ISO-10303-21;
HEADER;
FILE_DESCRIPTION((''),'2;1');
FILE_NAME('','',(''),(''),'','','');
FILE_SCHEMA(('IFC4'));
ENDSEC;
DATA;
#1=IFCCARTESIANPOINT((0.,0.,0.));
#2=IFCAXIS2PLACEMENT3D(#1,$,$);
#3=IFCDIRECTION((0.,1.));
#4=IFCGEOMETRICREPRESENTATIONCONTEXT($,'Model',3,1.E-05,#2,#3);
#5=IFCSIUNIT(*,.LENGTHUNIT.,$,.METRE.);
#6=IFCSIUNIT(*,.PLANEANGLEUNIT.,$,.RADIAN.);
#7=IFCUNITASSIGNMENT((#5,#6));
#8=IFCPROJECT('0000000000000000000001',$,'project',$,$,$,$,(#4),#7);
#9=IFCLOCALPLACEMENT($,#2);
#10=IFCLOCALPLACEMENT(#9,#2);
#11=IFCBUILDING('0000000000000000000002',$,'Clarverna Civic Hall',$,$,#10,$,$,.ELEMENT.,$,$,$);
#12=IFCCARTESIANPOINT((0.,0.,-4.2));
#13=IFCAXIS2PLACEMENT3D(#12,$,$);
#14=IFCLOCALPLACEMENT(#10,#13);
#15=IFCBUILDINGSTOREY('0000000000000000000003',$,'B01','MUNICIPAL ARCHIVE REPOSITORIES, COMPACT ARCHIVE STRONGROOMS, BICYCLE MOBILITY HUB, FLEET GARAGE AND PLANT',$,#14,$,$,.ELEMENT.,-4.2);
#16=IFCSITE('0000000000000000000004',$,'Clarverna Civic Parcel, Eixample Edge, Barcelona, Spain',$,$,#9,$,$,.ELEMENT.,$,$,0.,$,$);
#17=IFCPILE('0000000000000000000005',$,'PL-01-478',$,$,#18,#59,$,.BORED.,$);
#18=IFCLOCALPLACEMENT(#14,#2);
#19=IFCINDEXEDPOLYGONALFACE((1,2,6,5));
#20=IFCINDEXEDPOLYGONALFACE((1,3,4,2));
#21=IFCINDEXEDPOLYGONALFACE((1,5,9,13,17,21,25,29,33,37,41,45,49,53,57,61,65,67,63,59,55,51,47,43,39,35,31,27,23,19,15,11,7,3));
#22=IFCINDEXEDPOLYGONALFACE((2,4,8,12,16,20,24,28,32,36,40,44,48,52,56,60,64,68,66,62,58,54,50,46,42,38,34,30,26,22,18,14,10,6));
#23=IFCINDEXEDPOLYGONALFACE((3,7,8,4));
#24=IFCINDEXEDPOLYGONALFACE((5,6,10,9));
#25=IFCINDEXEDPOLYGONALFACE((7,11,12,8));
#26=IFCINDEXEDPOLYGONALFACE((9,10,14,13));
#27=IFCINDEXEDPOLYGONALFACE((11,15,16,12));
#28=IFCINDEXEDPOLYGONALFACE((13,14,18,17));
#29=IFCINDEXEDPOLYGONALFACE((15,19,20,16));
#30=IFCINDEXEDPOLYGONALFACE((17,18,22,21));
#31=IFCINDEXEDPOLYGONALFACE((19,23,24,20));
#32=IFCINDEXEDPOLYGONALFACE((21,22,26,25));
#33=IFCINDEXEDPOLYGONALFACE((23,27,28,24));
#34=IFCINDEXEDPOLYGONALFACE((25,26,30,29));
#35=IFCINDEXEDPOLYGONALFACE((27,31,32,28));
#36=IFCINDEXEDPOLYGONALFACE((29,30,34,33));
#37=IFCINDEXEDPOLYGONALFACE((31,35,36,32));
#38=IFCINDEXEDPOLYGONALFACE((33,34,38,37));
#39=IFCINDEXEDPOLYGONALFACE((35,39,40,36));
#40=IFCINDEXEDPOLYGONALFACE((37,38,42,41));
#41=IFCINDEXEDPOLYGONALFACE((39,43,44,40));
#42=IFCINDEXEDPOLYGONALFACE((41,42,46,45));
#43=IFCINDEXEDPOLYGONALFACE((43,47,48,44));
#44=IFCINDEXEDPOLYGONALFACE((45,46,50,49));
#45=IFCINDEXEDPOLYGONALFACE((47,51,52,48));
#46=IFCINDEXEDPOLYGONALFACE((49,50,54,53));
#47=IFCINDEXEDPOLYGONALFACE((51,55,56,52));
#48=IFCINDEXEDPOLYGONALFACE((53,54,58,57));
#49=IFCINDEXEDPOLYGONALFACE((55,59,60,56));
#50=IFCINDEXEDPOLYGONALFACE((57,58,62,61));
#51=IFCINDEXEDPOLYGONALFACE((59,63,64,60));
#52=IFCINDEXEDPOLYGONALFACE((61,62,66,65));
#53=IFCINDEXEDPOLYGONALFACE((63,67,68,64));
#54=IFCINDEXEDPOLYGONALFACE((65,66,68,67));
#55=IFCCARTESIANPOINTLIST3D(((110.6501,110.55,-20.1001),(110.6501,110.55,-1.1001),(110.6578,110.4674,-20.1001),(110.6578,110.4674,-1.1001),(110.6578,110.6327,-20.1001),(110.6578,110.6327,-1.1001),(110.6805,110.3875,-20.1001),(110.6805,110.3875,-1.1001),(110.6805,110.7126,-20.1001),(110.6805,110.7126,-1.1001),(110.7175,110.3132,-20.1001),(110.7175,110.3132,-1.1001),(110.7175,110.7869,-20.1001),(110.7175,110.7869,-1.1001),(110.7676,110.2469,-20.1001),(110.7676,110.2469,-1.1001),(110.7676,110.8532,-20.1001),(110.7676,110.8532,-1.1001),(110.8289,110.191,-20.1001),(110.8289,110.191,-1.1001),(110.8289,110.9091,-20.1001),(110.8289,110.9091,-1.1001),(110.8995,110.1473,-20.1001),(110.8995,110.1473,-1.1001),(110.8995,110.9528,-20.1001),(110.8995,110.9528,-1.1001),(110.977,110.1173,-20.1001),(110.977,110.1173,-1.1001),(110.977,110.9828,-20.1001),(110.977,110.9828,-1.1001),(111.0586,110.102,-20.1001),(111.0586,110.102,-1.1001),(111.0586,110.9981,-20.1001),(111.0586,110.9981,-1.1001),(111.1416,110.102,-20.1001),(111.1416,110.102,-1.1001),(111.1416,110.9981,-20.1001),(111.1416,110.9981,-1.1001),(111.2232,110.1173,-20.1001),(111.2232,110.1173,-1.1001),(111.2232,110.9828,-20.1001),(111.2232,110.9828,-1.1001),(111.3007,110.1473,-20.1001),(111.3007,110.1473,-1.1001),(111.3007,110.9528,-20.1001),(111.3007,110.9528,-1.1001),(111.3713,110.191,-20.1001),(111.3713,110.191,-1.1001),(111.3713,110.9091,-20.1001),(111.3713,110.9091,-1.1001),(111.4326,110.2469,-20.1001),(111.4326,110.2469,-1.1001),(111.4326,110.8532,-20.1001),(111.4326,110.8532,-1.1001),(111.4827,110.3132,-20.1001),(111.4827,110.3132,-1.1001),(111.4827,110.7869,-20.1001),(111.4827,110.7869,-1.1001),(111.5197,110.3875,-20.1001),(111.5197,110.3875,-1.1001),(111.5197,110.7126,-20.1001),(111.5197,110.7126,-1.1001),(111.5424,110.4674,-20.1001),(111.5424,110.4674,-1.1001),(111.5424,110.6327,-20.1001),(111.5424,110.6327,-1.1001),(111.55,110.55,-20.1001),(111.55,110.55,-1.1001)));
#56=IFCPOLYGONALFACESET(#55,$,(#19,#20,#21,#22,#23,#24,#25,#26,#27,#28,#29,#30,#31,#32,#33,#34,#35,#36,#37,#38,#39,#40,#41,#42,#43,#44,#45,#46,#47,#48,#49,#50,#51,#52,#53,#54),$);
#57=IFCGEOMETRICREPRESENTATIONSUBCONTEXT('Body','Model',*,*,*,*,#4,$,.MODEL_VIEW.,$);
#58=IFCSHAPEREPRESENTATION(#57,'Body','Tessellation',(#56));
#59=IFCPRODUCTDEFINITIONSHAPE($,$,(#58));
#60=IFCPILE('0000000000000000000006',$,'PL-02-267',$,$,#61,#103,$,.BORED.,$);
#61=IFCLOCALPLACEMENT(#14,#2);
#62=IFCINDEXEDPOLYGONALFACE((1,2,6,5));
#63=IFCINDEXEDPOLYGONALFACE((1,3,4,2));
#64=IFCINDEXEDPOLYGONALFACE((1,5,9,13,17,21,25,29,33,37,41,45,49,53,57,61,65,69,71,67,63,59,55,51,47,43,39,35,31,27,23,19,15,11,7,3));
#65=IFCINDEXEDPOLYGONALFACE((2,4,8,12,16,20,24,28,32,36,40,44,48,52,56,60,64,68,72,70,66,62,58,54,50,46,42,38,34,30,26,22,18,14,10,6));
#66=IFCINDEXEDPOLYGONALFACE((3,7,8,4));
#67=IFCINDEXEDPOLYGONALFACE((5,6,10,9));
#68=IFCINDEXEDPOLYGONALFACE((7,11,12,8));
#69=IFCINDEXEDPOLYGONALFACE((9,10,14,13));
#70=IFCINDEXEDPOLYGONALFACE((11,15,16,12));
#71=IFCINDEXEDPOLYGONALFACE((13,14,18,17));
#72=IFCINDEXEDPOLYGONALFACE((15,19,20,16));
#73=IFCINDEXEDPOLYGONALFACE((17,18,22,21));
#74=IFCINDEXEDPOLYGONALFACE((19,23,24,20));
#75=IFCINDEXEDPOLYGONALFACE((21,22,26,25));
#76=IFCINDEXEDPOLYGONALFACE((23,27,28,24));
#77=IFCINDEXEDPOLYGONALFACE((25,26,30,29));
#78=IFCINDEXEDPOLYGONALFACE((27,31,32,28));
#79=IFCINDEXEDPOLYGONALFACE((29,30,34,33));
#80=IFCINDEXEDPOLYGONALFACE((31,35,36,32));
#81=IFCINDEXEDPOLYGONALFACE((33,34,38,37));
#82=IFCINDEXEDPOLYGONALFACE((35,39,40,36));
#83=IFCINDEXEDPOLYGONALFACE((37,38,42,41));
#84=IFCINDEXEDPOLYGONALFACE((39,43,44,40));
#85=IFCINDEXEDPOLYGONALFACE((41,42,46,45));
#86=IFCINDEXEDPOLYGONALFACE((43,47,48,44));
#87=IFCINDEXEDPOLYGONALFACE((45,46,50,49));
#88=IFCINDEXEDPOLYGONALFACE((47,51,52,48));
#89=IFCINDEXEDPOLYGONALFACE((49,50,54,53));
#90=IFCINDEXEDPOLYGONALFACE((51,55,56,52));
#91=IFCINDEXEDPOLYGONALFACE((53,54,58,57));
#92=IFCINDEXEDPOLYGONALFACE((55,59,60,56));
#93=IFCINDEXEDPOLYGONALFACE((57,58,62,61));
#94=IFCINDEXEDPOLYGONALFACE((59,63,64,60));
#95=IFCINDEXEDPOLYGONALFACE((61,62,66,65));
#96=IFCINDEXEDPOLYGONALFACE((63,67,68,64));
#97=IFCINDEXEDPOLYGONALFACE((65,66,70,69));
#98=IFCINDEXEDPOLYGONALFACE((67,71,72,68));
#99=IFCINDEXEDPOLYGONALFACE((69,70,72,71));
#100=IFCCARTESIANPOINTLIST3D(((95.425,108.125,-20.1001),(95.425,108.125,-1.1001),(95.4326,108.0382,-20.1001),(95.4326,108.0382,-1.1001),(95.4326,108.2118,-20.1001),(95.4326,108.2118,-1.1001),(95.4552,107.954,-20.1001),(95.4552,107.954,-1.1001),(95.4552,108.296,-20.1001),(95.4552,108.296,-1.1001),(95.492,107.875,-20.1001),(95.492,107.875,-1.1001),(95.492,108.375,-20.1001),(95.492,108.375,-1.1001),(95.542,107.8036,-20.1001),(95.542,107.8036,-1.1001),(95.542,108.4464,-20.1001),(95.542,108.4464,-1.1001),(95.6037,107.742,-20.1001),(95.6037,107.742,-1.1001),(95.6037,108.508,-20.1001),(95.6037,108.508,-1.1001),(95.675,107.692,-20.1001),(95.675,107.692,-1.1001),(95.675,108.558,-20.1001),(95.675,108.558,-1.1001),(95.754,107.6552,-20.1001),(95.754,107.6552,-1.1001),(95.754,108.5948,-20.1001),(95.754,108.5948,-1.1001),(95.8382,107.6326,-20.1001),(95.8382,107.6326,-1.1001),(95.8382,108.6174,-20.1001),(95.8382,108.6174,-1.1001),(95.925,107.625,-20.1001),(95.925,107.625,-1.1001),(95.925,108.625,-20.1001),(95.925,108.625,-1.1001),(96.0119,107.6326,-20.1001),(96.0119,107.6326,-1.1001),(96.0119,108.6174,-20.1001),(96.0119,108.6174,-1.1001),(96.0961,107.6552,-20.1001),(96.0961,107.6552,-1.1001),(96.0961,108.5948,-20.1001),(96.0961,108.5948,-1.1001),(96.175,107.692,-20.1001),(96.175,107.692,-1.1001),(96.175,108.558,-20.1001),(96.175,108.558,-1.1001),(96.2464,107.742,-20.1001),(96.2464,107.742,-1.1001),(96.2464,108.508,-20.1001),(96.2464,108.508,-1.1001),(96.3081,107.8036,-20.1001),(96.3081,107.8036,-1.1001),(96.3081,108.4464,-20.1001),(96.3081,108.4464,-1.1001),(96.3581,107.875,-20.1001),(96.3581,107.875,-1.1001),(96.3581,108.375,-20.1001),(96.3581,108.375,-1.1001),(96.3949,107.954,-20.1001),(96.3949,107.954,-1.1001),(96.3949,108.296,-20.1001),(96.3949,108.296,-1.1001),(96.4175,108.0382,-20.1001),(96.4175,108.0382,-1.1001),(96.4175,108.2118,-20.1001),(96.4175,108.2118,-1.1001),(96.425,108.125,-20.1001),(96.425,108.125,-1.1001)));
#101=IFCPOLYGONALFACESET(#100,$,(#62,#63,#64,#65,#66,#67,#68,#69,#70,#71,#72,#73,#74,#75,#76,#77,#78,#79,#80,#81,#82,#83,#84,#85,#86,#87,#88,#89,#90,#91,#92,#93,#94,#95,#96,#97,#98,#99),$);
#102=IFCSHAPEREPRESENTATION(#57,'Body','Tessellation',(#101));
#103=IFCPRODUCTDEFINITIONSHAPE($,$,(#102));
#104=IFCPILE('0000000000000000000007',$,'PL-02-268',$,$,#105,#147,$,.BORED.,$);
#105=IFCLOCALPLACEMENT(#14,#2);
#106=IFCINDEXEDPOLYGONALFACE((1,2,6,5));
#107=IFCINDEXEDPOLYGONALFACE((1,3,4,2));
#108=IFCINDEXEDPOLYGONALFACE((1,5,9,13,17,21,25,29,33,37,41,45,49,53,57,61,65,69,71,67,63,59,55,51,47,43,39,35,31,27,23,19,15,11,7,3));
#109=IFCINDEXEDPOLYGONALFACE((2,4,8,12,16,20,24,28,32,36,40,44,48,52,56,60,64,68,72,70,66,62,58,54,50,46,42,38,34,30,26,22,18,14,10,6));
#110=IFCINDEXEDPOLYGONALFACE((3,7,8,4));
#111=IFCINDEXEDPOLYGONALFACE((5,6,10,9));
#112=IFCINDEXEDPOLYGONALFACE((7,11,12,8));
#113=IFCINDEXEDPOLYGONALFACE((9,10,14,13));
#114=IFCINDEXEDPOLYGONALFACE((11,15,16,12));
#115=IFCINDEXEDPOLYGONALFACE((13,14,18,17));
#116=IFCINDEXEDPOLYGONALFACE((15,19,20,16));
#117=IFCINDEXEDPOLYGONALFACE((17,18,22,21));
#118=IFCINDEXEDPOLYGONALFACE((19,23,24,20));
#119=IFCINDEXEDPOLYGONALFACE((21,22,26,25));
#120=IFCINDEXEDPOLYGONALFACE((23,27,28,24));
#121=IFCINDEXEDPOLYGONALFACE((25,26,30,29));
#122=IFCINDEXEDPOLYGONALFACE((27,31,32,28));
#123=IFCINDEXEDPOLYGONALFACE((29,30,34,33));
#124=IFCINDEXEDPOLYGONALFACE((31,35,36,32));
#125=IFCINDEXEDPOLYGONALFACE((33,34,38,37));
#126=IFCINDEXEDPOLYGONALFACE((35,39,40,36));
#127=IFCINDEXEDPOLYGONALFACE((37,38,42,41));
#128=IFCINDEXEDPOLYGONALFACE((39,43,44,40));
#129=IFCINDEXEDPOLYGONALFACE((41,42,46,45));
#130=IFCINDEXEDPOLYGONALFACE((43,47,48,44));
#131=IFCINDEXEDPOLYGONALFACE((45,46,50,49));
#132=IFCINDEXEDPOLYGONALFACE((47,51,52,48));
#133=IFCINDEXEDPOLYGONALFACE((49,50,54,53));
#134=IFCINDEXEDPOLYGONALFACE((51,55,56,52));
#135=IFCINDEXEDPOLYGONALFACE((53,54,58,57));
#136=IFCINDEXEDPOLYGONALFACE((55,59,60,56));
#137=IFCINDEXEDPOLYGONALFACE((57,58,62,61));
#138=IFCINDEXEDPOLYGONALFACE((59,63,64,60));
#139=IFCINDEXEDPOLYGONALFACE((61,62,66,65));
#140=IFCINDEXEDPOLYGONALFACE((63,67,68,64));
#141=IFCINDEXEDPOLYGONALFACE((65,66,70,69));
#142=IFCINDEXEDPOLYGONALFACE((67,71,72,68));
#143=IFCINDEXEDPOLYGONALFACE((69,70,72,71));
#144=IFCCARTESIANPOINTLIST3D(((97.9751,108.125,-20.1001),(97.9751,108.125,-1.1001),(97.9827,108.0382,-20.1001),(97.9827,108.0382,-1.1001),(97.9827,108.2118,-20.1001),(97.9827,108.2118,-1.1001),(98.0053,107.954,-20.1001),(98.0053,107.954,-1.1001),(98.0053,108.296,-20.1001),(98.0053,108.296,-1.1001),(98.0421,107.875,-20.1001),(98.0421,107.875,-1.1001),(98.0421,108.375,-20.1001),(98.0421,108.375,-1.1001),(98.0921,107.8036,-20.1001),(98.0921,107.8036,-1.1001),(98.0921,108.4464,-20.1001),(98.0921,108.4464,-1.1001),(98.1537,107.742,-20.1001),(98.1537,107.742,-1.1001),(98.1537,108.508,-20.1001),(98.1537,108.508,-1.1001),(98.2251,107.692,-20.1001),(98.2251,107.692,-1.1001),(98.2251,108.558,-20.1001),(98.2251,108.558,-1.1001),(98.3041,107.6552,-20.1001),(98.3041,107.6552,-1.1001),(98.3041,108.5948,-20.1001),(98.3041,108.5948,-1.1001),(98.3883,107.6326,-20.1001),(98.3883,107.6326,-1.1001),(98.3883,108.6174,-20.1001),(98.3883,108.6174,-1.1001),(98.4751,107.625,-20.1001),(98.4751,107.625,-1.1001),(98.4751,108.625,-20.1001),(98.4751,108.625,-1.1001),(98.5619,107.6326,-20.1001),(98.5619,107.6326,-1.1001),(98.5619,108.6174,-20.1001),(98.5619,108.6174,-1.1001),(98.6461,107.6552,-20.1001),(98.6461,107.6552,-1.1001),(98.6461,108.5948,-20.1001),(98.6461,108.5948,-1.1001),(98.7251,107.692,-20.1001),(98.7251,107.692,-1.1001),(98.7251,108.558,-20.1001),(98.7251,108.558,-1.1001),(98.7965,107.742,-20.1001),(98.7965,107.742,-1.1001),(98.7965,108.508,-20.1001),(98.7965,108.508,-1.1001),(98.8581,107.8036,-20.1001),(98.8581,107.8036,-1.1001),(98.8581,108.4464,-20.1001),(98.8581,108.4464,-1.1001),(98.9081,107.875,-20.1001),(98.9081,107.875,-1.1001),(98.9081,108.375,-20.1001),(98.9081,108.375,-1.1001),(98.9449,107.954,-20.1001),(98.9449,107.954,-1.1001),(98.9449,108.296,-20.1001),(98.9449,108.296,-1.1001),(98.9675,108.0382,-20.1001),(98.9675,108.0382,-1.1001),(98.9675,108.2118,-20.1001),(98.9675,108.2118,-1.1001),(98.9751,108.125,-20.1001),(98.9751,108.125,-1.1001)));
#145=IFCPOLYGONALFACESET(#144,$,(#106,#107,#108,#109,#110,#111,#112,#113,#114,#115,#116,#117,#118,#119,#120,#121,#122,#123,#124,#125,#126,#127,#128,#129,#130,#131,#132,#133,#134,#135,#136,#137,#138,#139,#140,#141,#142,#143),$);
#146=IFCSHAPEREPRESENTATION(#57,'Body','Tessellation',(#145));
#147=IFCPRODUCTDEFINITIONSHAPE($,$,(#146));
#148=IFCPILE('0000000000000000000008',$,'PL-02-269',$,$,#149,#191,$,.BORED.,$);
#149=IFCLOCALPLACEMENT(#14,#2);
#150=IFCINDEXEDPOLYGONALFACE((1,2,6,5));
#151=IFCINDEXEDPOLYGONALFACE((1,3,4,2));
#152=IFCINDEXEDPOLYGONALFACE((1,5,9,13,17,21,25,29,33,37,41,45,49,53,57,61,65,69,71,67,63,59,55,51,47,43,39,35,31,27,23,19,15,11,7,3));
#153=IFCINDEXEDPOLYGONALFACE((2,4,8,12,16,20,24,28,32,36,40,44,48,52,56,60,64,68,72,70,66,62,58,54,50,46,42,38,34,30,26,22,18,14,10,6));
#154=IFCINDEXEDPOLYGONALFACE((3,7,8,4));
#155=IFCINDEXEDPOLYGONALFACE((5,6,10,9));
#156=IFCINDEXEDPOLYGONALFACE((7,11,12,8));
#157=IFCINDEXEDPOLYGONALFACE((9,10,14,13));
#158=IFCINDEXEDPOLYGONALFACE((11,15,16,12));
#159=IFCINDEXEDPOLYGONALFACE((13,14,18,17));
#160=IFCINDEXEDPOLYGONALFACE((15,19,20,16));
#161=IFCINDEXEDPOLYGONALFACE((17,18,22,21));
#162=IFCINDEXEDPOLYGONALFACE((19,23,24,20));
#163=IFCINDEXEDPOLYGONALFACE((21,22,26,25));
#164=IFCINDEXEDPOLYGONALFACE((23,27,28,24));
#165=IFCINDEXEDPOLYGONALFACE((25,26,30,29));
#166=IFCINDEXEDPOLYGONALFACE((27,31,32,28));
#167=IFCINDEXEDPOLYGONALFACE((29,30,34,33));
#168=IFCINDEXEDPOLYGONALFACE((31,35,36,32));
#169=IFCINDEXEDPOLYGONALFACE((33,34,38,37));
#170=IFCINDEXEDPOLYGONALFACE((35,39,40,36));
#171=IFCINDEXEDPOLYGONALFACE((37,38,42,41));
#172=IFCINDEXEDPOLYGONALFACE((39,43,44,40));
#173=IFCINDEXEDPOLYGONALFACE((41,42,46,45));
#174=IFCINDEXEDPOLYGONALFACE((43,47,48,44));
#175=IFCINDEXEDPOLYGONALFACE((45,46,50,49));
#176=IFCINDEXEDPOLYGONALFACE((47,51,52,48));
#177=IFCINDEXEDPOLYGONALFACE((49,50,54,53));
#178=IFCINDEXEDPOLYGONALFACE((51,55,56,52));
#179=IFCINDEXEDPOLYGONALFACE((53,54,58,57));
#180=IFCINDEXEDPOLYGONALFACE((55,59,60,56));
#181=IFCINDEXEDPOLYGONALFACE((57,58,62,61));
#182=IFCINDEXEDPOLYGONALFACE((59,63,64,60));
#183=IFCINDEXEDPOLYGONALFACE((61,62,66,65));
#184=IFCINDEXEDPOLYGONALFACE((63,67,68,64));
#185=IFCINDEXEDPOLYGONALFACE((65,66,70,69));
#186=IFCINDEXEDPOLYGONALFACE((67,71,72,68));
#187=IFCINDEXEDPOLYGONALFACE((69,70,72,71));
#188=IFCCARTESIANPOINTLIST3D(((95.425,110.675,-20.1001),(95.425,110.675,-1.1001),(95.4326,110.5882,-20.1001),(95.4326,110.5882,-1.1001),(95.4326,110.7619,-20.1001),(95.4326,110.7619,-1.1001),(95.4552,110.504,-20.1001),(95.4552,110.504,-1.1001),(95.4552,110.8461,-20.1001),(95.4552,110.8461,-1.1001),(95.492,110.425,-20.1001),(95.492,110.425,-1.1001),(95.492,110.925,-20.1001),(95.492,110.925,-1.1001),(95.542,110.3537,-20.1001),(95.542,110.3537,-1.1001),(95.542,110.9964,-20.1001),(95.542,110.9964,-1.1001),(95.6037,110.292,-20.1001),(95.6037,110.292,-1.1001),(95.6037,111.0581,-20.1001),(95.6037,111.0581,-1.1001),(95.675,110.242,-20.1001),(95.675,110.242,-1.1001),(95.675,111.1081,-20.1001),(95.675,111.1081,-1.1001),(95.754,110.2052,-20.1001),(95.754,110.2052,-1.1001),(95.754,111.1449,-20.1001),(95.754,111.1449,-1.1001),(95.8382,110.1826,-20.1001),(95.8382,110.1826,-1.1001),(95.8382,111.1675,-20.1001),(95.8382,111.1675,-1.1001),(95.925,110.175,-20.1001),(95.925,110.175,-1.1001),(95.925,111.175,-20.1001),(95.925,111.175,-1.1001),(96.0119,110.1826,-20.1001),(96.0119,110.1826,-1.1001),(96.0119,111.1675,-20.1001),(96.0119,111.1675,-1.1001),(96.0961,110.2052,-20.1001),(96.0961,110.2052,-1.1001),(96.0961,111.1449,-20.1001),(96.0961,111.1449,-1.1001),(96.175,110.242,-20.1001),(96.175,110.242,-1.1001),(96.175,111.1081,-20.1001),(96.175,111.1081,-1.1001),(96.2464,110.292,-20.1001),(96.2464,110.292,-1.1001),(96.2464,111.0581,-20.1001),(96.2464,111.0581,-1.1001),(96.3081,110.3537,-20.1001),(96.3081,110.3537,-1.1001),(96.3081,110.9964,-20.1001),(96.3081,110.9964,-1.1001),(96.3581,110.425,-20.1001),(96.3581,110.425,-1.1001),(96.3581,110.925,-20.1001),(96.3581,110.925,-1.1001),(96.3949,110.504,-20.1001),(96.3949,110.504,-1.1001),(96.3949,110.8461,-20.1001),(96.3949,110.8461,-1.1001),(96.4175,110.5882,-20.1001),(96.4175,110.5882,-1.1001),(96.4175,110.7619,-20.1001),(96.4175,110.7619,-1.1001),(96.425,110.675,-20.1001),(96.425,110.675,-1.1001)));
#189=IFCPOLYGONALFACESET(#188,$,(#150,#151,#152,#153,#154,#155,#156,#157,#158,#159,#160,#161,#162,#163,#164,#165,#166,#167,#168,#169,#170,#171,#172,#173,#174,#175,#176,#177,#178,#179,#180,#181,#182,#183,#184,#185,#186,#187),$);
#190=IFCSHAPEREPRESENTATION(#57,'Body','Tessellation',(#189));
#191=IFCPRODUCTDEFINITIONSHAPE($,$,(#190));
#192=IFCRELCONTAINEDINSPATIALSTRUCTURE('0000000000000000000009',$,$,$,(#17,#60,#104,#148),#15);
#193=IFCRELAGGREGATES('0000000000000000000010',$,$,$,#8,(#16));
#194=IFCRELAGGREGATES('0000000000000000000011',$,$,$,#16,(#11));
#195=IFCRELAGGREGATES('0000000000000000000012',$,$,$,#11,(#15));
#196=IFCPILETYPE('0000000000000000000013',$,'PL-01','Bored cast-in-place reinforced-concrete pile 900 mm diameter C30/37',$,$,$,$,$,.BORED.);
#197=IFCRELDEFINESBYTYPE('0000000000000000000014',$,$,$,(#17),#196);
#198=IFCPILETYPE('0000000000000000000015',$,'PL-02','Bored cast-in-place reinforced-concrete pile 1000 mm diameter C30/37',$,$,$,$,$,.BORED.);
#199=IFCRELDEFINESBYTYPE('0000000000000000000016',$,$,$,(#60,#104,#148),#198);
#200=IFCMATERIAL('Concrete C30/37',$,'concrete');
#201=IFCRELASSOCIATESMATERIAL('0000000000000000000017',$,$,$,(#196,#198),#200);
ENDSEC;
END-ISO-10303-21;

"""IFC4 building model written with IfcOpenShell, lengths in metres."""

from ifc_helpers import new_model, si_unit, direction, frame, origin, origin_2d, place, context, subcontext, project, spatial, circle, extrude, material, material_profile, profile_set, type_object, element, save


model = new_model("IFC4")

# Units and contexts
model_context = context("Model", 3, precision=1e-05, world=origin(), true_north=direction((0.0, 1.0)))
body_context = subcontext(model_context, "Body", "Model", "MODEL_VIEW")
ifc_project = project(units=[si_unit("LENGTHUNIT", "METRE"), si_unit("PLANEANGLEUNIT", "RADIAN")], contexts=[model_context])

# Site, building, storey
site_placement = place(None, origin())
site = spatial("IfcSite", under=ifc_project, at=site_placement, Name="Clarverna Civic Parcel, Eixample Edge, Barcelona, Spain", CompositionType="ELEMENT", RefElevation=0.0)
building_placement = place(site_placement, origin())
building = spatial("IfcBuilding", under=site, at=building_placement, Name="Clarverna Civic Hall", CompositionType="ELEMENT")
storey_placement = place(building_placement, frame((0.0, 0.0, -4.2)))
storey = spatial("IfcBuildingStorey", under=building, at=storey_placement, Name="B01", Description="MUNICIPAL ARCHIVE REPOSITORIES, COMPACT ARCHIVE STRONGROOMS, BICYCLE MOBILITY HUB, FLEET GARAGE AND PLANT", CompositionType="ELEMENT", Elevation=-4.2)

# Shared definitions
ifc_material_1 = material(Name="Concrete C30/37", Category="concrete")

# Piles
ifc_material_profile_1 = material_profile(ifc_material_1, circle(Radius=0.45, at=origin_2d()), Name="BORED PILE D900")
ifc_profile_set_1 = profile_set([ifc_material_profile_1], Name="Concrete C30/37")
pile_type_1 = type_object("IfcPileType", Name="PL-01", Description="Bored cast-in-place reinforced-concrete pile 900 mm diameter C30/37", PredefinedType="BORED", material=ifc_profile_set_1)
for number, where, z_axis, x_axis, name in (
    (1, (111.1001, 110.55, -1.1001), (0.0, 0.0, -1.0), (1.0, 0.0, 0.0), "PL-01-478"),
):
    element("IfcPile", number, at=place(storey_placement, frame(where, z_axis=z_axis, x_axis=x_axis)), inside=storey, type_object=pile_type_1, Name=name, PredefinedType="BORED", context=body_context, shape_type="SweptSolid", body=[
        extrude(circle(Radius=0.45, at=origin_2d()), origin(), (0.0, 0.0, 1.0), 19.0),
    ])
ifc_material_profile_2 = material_profile(ifc_material_1, circle(Radius=0.5, at=origin_2d()), Name="BORED PILE D1000")
ifc_profile_set_2 = profile_set([ifc_material_profile_2], Name="Concrete C30/37")
pile_type_2 = type_object("IfcPileType", Name="PL-02", Description="Bored cast-in-place reinforced-concrete pile 1000 mm diameter C30/37", PredefinedType="BORED", material=ifc_profile_set_2)
for number, where, z_axis, x_axis, name in (
    (2, (95.925, 108.125, -1.1001), (0.0, 0.0, -1.0), (1.0, 0.0, 0.0), "PL-02-267"),
    (3, (98.4751, 108.125, -1.1001), (0.0, 0.0, -1.0), (1.0, 0.0, 0.0), "PL-02-268"),
    (4, (95.925, 110.675, -1.1001), (0.0, 0.0, -1.0), (1.0, 0.0, 0.0), "PL-02-269"),
):
    element("IfcPile", number, at=place(storey_placement, frame(where, z_axis=z_axis, x_axis=x_axis)), inside=storey, type_object=pile_type_2, Name=name, PredefinedType="BORED", context=body_context, shape_type="SweptSolid", body=[
        extrude(circle(Radius=0.5, at=origin_2d()), origin(), (0.0, 0.0, 1.0), 19.0),
    ])

save(model, "model.ifc")
